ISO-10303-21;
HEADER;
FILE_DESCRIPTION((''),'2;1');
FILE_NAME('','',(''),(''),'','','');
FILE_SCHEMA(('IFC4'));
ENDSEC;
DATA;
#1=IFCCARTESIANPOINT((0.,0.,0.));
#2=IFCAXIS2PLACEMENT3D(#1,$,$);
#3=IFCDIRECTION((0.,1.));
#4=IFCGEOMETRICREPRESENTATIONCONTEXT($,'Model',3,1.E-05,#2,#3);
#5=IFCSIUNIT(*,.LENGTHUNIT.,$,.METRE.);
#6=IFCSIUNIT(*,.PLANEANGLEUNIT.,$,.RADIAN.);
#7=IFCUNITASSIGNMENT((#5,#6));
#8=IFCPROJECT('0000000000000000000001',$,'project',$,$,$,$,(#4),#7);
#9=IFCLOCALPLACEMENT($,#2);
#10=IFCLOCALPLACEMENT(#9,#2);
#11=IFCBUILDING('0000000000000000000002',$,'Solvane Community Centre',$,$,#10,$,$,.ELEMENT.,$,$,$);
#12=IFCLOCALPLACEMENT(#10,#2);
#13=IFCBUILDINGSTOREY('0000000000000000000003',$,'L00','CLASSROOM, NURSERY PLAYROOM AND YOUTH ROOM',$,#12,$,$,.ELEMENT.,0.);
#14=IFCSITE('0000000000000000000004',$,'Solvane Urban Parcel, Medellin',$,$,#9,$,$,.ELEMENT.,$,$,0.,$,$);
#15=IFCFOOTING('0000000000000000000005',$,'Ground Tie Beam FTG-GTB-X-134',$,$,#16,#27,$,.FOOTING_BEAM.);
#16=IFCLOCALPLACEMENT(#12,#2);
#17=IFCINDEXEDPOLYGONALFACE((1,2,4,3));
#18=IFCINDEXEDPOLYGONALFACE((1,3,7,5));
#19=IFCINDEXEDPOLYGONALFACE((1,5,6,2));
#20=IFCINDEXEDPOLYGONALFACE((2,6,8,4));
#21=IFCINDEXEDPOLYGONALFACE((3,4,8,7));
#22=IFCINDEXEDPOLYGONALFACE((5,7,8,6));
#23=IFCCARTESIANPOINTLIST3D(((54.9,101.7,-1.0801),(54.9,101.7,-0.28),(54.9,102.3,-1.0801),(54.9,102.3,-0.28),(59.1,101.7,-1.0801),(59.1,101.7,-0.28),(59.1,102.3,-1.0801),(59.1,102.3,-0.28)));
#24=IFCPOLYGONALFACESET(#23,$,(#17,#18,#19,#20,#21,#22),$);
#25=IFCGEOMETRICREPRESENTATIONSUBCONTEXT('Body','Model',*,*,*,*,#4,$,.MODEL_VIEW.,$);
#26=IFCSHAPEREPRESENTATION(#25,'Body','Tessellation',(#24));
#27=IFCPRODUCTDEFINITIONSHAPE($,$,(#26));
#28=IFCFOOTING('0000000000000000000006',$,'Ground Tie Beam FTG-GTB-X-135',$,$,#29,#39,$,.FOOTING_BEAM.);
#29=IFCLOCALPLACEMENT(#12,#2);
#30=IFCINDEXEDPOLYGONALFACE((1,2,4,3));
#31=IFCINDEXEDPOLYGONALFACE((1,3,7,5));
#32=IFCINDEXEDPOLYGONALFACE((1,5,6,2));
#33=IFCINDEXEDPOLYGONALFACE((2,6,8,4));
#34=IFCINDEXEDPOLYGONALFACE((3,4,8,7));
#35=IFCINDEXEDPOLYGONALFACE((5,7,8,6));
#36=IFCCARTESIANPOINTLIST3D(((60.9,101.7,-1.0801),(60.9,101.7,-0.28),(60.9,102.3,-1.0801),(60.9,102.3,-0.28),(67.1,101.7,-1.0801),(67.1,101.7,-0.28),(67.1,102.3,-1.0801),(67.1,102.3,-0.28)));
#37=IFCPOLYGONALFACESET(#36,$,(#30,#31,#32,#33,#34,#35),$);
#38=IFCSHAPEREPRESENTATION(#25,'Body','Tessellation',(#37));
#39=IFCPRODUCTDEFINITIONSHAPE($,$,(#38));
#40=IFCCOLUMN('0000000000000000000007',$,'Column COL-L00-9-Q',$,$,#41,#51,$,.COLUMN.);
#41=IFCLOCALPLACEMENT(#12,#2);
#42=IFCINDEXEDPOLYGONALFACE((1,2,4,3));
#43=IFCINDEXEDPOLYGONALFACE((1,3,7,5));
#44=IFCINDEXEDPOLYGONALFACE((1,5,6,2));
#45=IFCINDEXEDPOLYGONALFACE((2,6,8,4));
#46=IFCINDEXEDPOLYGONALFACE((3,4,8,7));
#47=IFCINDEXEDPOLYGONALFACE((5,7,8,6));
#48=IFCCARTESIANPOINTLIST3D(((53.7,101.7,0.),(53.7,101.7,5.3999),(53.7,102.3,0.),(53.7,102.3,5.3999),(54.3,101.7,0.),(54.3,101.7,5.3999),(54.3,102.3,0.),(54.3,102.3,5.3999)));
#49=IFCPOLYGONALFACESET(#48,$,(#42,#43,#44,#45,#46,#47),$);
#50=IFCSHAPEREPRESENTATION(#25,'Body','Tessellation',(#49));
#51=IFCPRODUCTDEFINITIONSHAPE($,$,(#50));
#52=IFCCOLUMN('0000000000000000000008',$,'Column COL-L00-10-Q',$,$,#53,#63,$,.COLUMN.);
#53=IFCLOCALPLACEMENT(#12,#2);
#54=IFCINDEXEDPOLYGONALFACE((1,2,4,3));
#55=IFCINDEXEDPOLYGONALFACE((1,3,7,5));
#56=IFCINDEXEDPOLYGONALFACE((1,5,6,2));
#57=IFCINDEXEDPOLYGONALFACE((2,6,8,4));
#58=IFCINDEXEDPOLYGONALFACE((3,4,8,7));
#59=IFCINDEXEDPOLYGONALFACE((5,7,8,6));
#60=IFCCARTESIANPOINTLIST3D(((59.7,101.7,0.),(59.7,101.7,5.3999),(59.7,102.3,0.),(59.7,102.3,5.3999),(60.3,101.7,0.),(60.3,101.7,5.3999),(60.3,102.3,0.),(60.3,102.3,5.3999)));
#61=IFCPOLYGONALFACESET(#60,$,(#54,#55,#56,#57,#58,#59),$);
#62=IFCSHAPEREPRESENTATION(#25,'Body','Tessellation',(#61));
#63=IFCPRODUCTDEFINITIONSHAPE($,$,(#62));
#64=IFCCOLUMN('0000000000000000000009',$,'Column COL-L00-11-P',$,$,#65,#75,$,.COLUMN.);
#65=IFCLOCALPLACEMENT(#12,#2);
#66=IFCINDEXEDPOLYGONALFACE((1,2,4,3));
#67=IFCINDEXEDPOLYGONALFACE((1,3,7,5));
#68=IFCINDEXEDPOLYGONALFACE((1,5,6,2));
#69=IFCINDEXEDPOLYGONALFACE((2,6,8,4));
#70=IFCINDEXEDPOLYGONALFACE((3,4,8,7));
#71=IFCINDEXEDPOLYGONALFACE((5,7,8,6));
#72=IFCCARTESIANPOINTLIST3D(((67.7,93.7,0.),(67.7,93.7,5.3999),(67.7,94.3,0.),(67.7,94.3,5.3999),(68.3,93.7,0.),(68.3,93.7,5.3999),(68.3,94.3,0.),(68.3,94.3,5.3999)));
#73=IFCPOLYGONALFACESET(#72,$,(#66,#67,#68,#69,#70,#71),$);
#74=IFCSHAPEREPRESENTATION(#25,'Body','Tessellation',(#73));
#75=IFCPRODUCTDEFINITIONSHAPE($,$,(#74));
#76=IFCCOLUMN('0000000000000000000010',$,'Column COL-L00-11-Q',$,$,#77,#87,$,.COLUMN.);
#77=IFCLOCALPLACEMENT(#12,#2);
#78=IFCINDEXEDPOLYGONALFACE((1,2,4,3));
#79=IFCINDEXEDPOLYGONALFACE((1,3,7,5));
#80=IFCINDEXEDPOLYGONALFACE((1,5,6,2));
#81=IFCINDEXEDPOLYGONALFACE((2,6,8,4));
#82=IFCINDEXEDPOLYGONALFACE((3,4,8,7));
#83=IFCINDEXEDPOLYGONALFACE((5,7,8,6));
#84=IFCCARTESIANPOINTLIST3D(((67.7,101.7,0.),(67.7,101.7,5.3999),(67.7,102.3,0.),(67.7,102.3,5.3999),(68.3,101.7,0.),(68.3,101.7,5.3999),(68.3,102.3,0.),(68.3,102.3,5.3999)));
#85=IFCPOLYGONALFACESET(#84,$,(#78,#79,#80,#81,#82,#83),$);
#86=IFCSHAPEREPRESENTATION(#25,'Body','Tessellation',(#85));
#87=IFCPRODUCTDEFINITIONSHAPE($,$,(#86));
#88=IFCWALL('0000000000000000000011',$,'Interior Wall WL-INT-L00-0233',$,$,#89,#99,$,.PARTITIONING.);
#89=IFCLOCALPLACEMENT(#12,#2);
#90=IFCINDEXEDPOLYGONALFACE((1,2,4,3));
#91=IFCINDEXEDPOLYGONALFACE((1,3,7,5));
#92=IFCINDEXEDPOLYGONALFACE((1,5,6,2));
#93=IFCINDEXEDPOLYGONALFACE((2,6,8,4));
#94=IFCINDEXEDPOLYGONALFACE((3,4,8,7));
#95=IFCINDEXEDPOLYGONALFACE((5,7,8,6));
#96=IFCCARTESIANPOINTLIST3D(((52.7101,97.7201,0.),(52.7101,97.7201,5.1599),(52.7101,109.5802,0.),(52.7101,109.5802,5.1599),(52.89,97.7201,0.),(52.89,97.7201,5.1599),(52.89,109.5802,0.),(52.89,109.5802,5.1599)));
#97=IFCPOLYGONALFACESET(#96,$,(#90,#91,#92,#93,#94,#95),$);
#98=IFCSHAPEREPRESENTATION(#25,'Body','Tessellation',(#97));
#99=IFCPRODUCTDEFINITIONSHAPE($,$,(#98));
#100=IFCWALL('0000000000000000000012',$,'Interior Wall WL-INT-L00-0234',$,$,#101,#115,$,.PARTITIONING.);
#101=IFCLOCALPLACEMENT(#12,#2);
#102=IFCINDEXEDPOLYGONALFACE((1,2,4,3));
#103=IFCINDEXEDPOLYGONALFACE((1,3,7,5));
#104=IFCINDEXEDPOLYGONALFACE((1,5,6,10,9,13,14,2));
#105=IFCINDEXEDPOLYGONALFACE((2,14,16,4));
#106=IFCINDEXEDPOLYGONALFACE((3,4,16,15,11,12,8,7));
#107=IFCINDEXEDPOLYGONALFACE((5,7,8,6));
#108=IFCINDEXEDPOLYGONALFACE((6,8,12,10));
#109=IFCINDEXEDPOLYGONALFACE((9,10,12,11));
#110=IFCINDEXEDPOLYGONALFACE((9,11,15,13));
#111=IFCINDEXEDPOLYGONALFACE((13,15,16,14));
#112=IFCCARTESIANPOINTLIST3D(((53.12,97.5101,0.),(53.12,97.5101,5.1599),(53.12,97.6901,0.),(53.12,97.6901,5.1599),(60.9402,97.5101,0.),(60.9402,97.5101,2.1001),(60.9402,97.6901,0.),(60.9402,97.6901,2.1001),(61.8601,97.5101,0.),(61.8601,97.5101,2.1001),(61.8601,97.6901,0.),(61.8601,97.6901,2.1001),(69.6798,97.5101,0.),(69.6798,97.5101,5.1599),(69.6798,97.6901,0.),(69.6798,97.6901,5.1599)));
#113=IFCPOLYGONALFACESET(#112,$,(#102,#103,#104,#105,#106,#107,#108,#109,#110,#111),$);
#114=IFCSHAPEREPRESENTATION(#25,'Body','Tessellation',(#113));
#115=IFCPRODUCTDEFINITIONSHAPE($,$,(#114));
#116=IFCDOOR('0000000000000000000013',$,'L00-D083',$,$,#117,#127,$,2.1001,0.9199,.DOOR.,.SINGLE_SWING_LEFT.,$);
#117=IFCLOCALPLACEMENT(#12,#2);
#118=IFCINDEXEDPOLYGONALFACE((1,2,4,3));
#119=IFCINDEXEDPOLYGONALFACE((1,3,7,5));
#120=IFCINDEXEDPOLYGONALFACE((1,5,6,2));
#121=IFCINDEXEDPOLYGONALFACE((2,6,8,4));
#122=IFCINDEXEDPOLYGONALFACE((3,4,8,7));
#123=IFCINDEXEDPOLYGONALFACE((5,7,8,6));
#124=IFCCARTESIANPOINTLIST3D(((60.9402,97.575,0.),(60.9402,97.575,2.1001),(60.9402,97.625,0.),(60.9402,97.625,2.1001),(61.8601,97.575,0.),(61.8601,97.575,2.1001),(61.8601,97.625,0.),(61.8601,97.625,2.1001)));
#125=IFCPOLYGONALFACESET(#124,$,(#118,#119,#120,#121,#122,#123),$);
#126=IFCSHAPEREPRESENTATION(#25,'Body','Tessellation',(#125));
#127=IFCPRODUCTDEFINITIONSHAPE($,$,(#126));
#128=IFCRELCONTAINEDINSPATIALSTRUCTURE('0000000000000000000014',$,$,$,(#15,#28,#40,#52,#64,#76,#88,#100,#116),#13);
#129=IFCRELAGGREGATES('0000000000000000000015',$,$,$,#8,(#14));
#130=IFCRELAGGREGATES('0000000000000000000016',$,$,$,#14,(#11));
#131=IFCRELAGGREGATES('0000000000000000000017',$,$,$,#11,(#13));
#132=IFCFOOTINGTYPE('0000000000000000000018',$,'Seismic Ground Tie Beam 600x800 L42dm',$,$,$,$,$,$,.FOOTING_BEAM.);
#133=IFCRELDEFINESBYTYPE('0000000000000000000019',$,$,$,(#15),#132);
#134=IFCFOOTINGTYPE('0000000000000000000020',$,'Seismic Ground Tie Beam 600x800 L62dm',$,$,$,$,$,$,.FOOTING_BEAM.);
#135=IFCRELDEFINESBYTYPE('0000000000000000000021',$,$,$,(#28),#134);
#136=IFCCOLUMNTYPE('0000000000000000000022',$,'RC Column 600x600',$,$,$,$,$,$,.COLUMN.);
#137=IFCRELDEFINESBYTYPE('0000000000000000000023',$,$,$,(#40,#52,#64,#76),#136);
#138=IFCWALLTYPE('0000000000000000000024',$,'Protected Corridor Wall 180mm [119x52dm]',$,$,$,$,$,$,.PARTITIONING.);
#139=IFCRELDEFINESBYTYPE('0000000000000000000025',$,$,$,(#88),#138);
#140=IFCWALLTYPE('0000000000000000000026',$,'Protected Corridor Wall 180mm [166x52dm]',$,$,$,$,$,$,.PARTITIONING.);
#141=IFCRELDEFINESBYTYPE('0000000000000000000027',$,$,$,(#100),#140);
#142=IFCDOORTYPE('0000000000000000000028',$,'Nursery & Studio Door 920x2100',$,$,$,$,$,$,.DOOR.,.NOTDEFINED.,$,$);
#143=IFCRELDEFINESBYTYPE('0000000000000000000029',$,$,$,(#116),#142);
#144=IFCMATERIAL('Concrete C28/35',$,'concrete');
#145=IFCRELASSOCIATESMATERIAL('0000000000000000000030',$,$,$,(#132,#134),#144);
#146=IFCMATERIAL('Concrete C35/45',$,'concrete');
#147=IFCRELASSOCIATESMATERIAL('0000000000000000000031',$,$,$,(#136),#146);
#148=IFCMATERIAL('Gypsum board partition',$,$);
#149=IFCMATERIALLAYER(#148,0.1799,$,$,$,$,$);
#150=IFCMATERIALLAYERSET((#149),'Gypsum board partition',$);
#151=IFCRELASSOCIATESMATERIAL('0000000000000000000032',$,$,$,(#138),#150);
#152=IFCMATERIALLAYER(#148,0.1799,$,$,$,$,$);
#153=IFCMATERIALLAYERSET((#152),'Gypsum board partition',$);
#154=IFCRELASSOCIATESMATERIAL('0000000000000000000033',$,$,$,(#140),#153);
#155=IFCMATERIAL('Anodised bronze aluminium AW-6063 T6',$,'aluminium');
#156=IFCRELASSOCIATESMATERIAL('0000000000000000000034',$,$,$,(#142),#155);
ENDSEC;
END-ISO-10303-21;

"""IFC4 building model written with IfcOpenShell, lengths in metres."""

from ifc_helpers import new_model, si_unit, direction, frame, frame_2d, origin, origin_2d, place, context, subcontext, project, spatial, rectangle, extrude, material, layer, layer_set, material_profile, profile_set, type_object, element, fill, save


model = new_model("IFC4")

# Units and contexts
model_context = context("Model", 3, precision=1e-05, world=origin(), true_north=direction((0.0, 1.0)))
body_context = subcontext(model_context, "Body", "Model", "MODEL_VIEW")
ifc_project = project(units=[si_unit("LENGTHUNIT", "METRE"), si_unit("PLANEANGLEUNIT", "RADIAN")], contexts=[model_context])

# Site, building, storey
site_placement = place(None, origin())
site = spatial("IfcSite", under=ifc_project, at=site_placement, Name="Solvane Urban Parcel, Medellin", CompositionType="ELEMENT", RefElevation=0.0)
building_placement = place(site_placement, origin())
building = spatial("IfcBuilding", under=site, at=building_placement, Name="Solvane Community Centre", CompositionType="ELEMENT")
storey_placement = place(building_placement, origin())
storey = spatial("IfcBuildingStorey", under=building, at=storey_placement, Name="L00", Description="CLASSROOM, NURSERY PLAYROOM AND YOUTH ROOM", CompositionType="ELEMENT", Elevation=0.0)

# Shared definitions
ifc_material_1 = material(Name="Concrete C28/35", Category="concrete")

# Footings
footing_type_1 = type_object("IfcFootingType", Name="Seismic Ground Tie Beam 600x800 L42dm", PredefinedType="FOOTING_BEAM", material=ifc_material_1)
footing_1_placement = place(storey_placement, frame((57.0, 102.0, -1.0801), z_axis=(0.0, 0.0, 1.0), x_axis=(1.0, 0.0, 0.0)))
element("IfcFooting", 1, at=footing_1_placement, inside=storey, type_object=footing_type_1, Name="Ground Tie Beam FTG-GTB-X-134", PredefinedType="FOOTING_BEAM", context=body_context, shape_type="SweptSolid", body=[
    extrude(rectangle(XDim=4.2, YDim=0.6001, at=origin_2d()), origin(), (0.0, 0.0, 1.0), 0.8),
])
footing_type_2 = type_object("IfcFootingType", Name="Seismic Ground Tie Beam 600x800 L62dm", PredefinedType="FOOTING_BEAM", material=ifc_material_1)
footing_2_placement = place(storey_placement, frame((64.0, 102.0, -1.0801), z_axis=(0.0, 0.0, 1.0), x_axis=(1.0, 0.0, 0.0)))
element("IfcFooting", 2, at=footing_2_placement, inside=storey, type_object=footing_type_2, Name="Ground Tie Beam FTG-GTB-X-135", PredefinedType="FOOTING_BEAM", context=body_context, shape_type="SweptSolid", body=[
    extrude(rectangle(XDim=6.2, YDim=0.6001, at=origin_2d()), origin(), (0.0, 0.0, 1.0), 0.8),
])

# Columns
ifc_material_2 = material(Name="Concrete C35/45", Category="concrete")
ifc_material_profile_1 = material_profile(ifc_material_2, rectangle(XDim=0.6001, YDim=0.6001, at=origin_2d()), Name="RC 600x600")
ifc_profile_set_1 = profile_set([ifc_material_profile_1], Name="Concrete C35/45")
column_type = type_object("IfcColumnType", Name="RC Column 600x600", PredefinedType="COLUMN", material=ifc_profile_set_1)
for number, where, z_axis, x_axis, name in (
    (3, (54.0, 102.0, 0.0), (0.0, 0.0, 1.0), (1.0, 0.0, 0.0), "Column COL-L00-9-Q"),
    (4, (60.0, 102.0, 0.0), (0.0, 0.0, 1.0), (1.0, 0.0, 0.0), "Column COL-L00-10-Q"),
    (5, (68.0, 94.0, 0.0), (0.0, 0.0, 1.0), (1.0, 0.0, 0.0), "Column COL-L00-11-P"),
    (6, (68.0, 102.0, 0.0), (0.0, 0.0, 1.0), (1.0, 0.0, 0.0), "Column COL-L00-11-Q"),
):
    element("IfcColumn", number, at=place(storey_placement, frame(where, z_axis=z_axis, x_axis=x_axis)), inside=storey, type_object=column_type, Name=name, PredefinedType="COLUMN", context=body_context, shape_type="SweptSolid", body=[
        extrude(rectangle(XDim=0.6001, YDim=0.6001, at=origin_2d()), origin(), (0.0, 0.0, 1.0), 5.3999),
    ])

# Wall
ifc_material_3 = material(Name="Gypsum board partition")
ifc_layer_1 = layer(ifc_material_3, 0.1799)
ifc_layer_set_1 = layer_set([ifc_layer_1], Name="Gypsum board partition")
wall_type_1 = type_object("IfcWallType", Name="Protected Corridor Wall 180mm [119x52dm]", PredefinedType="PARTITIONING", material=ifc_layer_set_1)
wall_1_placement = place(storey_placement, frame((52.8, 97.72, 0.0), z_axis=(0.0, 0.0, 1.0), x_axis=(0.0, 1.0, 0.0)))
element("IfcWall", 7, at=wall_1_placement, inside=storey, type_object=wall_type_1, Name="Interior Wall WL-INT-L00-0233", PredefinedType="PARTITIONING", context=body_context, shape_type="SweptSolid", body=[
    extrude(rectangle(XDim=11.8601, YDim=0.1799, at=frame_2d((5.9302, 0.0))), origin(), (0.0, 0.0, 1.0), 5.1599),
])

# Wall, opening, door
ifc_layer_2 = layer(ifc_material_3, 0.1799)
ifc_layer_set_2 = layer_set([ifc_layer_2], Name="Gypsum board partition")
wall_type_2 = type_object("IfcWallType", Name="Protected Corridor Wall 180mm [166x52dm]", PredefinedType="PARTITIONING", material=ifc_layer_set_2)
wall_2_placement = place(storey_placement, frame((53.1201, 97.6001, 0.0), z_axis=(0.0, 0.0, 1.0), x_axis=(1.0, 0.0, 0.0)))
wall_2 = element("IfcWall", 8, at=wall_2_placement, inside=storey, type_object=wall_type_2, Name="Interior Wall WL-INT-L00-0234", PredefinedType="PARTITIONING", context=body_context, shape_type="SweptSolid", body=[
    extrude(rectangle(XDim=16.5598, YDim=0.1799, at=frame_2d((8.2798, 0.0))), origin(), (0.0, 0.0, 1.0), 5.1599),
])
opening_placement = place(wall_2_placement, frame((7.8201, 0.0, 0.0)))
opening = element("IfcOpeningElement", 9, at=opening_placement, cuts=wall_2, PredefinedType="OPENING", context=body_context, shape_type="SweptSolid", body=[
    extrude(rectangle(XDim=0.9199, YDim=2.1001, at=frame_2d((0.46, 1.05))), frame((0.0, 0.0999, 0.0), z_axis=(0.0, -1.0, 0.0), x_axis=(1.0, 0.0, 0.0)), (0.0, 0.0, 1.0), 0.2),
])
ifc_material_4 = material(Name="Anodised bronze aluminium AW-6063 T6", Category="aluminium")
door_type = type_object("IfcDoorType", Name="Nursery & Studio Door 920x2100", OperationType="NOTDEFINED", PredefinedType="DOOR", material=ifc_material_4)
door_placement = place(opening_placement, origin())
door = element("IfcDoor", 10, at=door_placement, inside=storey, type_object=door_type, Name="L00-D083", OperationType="SINGLE_SWING_LEFT", OverallHeight=2.1001, OverallWidth=0.9199, PredefinedType="DOOR", context=body_context, shape_type="SweptSolid", body=[
    extrude(rectangle(XDim=0.9199, YDim=2.1001, at=frame_2d((0.46, 1.05))), frame((0.0, 0.0249, 0.0), z_axis=(0.0, -1.0, 0.0), x_axis=(1.0, 0.0, 0.0)), (0.0, 0.0, 1.0), 0.05),
])
fill(opening, door)

save(model, "model.ifc")
